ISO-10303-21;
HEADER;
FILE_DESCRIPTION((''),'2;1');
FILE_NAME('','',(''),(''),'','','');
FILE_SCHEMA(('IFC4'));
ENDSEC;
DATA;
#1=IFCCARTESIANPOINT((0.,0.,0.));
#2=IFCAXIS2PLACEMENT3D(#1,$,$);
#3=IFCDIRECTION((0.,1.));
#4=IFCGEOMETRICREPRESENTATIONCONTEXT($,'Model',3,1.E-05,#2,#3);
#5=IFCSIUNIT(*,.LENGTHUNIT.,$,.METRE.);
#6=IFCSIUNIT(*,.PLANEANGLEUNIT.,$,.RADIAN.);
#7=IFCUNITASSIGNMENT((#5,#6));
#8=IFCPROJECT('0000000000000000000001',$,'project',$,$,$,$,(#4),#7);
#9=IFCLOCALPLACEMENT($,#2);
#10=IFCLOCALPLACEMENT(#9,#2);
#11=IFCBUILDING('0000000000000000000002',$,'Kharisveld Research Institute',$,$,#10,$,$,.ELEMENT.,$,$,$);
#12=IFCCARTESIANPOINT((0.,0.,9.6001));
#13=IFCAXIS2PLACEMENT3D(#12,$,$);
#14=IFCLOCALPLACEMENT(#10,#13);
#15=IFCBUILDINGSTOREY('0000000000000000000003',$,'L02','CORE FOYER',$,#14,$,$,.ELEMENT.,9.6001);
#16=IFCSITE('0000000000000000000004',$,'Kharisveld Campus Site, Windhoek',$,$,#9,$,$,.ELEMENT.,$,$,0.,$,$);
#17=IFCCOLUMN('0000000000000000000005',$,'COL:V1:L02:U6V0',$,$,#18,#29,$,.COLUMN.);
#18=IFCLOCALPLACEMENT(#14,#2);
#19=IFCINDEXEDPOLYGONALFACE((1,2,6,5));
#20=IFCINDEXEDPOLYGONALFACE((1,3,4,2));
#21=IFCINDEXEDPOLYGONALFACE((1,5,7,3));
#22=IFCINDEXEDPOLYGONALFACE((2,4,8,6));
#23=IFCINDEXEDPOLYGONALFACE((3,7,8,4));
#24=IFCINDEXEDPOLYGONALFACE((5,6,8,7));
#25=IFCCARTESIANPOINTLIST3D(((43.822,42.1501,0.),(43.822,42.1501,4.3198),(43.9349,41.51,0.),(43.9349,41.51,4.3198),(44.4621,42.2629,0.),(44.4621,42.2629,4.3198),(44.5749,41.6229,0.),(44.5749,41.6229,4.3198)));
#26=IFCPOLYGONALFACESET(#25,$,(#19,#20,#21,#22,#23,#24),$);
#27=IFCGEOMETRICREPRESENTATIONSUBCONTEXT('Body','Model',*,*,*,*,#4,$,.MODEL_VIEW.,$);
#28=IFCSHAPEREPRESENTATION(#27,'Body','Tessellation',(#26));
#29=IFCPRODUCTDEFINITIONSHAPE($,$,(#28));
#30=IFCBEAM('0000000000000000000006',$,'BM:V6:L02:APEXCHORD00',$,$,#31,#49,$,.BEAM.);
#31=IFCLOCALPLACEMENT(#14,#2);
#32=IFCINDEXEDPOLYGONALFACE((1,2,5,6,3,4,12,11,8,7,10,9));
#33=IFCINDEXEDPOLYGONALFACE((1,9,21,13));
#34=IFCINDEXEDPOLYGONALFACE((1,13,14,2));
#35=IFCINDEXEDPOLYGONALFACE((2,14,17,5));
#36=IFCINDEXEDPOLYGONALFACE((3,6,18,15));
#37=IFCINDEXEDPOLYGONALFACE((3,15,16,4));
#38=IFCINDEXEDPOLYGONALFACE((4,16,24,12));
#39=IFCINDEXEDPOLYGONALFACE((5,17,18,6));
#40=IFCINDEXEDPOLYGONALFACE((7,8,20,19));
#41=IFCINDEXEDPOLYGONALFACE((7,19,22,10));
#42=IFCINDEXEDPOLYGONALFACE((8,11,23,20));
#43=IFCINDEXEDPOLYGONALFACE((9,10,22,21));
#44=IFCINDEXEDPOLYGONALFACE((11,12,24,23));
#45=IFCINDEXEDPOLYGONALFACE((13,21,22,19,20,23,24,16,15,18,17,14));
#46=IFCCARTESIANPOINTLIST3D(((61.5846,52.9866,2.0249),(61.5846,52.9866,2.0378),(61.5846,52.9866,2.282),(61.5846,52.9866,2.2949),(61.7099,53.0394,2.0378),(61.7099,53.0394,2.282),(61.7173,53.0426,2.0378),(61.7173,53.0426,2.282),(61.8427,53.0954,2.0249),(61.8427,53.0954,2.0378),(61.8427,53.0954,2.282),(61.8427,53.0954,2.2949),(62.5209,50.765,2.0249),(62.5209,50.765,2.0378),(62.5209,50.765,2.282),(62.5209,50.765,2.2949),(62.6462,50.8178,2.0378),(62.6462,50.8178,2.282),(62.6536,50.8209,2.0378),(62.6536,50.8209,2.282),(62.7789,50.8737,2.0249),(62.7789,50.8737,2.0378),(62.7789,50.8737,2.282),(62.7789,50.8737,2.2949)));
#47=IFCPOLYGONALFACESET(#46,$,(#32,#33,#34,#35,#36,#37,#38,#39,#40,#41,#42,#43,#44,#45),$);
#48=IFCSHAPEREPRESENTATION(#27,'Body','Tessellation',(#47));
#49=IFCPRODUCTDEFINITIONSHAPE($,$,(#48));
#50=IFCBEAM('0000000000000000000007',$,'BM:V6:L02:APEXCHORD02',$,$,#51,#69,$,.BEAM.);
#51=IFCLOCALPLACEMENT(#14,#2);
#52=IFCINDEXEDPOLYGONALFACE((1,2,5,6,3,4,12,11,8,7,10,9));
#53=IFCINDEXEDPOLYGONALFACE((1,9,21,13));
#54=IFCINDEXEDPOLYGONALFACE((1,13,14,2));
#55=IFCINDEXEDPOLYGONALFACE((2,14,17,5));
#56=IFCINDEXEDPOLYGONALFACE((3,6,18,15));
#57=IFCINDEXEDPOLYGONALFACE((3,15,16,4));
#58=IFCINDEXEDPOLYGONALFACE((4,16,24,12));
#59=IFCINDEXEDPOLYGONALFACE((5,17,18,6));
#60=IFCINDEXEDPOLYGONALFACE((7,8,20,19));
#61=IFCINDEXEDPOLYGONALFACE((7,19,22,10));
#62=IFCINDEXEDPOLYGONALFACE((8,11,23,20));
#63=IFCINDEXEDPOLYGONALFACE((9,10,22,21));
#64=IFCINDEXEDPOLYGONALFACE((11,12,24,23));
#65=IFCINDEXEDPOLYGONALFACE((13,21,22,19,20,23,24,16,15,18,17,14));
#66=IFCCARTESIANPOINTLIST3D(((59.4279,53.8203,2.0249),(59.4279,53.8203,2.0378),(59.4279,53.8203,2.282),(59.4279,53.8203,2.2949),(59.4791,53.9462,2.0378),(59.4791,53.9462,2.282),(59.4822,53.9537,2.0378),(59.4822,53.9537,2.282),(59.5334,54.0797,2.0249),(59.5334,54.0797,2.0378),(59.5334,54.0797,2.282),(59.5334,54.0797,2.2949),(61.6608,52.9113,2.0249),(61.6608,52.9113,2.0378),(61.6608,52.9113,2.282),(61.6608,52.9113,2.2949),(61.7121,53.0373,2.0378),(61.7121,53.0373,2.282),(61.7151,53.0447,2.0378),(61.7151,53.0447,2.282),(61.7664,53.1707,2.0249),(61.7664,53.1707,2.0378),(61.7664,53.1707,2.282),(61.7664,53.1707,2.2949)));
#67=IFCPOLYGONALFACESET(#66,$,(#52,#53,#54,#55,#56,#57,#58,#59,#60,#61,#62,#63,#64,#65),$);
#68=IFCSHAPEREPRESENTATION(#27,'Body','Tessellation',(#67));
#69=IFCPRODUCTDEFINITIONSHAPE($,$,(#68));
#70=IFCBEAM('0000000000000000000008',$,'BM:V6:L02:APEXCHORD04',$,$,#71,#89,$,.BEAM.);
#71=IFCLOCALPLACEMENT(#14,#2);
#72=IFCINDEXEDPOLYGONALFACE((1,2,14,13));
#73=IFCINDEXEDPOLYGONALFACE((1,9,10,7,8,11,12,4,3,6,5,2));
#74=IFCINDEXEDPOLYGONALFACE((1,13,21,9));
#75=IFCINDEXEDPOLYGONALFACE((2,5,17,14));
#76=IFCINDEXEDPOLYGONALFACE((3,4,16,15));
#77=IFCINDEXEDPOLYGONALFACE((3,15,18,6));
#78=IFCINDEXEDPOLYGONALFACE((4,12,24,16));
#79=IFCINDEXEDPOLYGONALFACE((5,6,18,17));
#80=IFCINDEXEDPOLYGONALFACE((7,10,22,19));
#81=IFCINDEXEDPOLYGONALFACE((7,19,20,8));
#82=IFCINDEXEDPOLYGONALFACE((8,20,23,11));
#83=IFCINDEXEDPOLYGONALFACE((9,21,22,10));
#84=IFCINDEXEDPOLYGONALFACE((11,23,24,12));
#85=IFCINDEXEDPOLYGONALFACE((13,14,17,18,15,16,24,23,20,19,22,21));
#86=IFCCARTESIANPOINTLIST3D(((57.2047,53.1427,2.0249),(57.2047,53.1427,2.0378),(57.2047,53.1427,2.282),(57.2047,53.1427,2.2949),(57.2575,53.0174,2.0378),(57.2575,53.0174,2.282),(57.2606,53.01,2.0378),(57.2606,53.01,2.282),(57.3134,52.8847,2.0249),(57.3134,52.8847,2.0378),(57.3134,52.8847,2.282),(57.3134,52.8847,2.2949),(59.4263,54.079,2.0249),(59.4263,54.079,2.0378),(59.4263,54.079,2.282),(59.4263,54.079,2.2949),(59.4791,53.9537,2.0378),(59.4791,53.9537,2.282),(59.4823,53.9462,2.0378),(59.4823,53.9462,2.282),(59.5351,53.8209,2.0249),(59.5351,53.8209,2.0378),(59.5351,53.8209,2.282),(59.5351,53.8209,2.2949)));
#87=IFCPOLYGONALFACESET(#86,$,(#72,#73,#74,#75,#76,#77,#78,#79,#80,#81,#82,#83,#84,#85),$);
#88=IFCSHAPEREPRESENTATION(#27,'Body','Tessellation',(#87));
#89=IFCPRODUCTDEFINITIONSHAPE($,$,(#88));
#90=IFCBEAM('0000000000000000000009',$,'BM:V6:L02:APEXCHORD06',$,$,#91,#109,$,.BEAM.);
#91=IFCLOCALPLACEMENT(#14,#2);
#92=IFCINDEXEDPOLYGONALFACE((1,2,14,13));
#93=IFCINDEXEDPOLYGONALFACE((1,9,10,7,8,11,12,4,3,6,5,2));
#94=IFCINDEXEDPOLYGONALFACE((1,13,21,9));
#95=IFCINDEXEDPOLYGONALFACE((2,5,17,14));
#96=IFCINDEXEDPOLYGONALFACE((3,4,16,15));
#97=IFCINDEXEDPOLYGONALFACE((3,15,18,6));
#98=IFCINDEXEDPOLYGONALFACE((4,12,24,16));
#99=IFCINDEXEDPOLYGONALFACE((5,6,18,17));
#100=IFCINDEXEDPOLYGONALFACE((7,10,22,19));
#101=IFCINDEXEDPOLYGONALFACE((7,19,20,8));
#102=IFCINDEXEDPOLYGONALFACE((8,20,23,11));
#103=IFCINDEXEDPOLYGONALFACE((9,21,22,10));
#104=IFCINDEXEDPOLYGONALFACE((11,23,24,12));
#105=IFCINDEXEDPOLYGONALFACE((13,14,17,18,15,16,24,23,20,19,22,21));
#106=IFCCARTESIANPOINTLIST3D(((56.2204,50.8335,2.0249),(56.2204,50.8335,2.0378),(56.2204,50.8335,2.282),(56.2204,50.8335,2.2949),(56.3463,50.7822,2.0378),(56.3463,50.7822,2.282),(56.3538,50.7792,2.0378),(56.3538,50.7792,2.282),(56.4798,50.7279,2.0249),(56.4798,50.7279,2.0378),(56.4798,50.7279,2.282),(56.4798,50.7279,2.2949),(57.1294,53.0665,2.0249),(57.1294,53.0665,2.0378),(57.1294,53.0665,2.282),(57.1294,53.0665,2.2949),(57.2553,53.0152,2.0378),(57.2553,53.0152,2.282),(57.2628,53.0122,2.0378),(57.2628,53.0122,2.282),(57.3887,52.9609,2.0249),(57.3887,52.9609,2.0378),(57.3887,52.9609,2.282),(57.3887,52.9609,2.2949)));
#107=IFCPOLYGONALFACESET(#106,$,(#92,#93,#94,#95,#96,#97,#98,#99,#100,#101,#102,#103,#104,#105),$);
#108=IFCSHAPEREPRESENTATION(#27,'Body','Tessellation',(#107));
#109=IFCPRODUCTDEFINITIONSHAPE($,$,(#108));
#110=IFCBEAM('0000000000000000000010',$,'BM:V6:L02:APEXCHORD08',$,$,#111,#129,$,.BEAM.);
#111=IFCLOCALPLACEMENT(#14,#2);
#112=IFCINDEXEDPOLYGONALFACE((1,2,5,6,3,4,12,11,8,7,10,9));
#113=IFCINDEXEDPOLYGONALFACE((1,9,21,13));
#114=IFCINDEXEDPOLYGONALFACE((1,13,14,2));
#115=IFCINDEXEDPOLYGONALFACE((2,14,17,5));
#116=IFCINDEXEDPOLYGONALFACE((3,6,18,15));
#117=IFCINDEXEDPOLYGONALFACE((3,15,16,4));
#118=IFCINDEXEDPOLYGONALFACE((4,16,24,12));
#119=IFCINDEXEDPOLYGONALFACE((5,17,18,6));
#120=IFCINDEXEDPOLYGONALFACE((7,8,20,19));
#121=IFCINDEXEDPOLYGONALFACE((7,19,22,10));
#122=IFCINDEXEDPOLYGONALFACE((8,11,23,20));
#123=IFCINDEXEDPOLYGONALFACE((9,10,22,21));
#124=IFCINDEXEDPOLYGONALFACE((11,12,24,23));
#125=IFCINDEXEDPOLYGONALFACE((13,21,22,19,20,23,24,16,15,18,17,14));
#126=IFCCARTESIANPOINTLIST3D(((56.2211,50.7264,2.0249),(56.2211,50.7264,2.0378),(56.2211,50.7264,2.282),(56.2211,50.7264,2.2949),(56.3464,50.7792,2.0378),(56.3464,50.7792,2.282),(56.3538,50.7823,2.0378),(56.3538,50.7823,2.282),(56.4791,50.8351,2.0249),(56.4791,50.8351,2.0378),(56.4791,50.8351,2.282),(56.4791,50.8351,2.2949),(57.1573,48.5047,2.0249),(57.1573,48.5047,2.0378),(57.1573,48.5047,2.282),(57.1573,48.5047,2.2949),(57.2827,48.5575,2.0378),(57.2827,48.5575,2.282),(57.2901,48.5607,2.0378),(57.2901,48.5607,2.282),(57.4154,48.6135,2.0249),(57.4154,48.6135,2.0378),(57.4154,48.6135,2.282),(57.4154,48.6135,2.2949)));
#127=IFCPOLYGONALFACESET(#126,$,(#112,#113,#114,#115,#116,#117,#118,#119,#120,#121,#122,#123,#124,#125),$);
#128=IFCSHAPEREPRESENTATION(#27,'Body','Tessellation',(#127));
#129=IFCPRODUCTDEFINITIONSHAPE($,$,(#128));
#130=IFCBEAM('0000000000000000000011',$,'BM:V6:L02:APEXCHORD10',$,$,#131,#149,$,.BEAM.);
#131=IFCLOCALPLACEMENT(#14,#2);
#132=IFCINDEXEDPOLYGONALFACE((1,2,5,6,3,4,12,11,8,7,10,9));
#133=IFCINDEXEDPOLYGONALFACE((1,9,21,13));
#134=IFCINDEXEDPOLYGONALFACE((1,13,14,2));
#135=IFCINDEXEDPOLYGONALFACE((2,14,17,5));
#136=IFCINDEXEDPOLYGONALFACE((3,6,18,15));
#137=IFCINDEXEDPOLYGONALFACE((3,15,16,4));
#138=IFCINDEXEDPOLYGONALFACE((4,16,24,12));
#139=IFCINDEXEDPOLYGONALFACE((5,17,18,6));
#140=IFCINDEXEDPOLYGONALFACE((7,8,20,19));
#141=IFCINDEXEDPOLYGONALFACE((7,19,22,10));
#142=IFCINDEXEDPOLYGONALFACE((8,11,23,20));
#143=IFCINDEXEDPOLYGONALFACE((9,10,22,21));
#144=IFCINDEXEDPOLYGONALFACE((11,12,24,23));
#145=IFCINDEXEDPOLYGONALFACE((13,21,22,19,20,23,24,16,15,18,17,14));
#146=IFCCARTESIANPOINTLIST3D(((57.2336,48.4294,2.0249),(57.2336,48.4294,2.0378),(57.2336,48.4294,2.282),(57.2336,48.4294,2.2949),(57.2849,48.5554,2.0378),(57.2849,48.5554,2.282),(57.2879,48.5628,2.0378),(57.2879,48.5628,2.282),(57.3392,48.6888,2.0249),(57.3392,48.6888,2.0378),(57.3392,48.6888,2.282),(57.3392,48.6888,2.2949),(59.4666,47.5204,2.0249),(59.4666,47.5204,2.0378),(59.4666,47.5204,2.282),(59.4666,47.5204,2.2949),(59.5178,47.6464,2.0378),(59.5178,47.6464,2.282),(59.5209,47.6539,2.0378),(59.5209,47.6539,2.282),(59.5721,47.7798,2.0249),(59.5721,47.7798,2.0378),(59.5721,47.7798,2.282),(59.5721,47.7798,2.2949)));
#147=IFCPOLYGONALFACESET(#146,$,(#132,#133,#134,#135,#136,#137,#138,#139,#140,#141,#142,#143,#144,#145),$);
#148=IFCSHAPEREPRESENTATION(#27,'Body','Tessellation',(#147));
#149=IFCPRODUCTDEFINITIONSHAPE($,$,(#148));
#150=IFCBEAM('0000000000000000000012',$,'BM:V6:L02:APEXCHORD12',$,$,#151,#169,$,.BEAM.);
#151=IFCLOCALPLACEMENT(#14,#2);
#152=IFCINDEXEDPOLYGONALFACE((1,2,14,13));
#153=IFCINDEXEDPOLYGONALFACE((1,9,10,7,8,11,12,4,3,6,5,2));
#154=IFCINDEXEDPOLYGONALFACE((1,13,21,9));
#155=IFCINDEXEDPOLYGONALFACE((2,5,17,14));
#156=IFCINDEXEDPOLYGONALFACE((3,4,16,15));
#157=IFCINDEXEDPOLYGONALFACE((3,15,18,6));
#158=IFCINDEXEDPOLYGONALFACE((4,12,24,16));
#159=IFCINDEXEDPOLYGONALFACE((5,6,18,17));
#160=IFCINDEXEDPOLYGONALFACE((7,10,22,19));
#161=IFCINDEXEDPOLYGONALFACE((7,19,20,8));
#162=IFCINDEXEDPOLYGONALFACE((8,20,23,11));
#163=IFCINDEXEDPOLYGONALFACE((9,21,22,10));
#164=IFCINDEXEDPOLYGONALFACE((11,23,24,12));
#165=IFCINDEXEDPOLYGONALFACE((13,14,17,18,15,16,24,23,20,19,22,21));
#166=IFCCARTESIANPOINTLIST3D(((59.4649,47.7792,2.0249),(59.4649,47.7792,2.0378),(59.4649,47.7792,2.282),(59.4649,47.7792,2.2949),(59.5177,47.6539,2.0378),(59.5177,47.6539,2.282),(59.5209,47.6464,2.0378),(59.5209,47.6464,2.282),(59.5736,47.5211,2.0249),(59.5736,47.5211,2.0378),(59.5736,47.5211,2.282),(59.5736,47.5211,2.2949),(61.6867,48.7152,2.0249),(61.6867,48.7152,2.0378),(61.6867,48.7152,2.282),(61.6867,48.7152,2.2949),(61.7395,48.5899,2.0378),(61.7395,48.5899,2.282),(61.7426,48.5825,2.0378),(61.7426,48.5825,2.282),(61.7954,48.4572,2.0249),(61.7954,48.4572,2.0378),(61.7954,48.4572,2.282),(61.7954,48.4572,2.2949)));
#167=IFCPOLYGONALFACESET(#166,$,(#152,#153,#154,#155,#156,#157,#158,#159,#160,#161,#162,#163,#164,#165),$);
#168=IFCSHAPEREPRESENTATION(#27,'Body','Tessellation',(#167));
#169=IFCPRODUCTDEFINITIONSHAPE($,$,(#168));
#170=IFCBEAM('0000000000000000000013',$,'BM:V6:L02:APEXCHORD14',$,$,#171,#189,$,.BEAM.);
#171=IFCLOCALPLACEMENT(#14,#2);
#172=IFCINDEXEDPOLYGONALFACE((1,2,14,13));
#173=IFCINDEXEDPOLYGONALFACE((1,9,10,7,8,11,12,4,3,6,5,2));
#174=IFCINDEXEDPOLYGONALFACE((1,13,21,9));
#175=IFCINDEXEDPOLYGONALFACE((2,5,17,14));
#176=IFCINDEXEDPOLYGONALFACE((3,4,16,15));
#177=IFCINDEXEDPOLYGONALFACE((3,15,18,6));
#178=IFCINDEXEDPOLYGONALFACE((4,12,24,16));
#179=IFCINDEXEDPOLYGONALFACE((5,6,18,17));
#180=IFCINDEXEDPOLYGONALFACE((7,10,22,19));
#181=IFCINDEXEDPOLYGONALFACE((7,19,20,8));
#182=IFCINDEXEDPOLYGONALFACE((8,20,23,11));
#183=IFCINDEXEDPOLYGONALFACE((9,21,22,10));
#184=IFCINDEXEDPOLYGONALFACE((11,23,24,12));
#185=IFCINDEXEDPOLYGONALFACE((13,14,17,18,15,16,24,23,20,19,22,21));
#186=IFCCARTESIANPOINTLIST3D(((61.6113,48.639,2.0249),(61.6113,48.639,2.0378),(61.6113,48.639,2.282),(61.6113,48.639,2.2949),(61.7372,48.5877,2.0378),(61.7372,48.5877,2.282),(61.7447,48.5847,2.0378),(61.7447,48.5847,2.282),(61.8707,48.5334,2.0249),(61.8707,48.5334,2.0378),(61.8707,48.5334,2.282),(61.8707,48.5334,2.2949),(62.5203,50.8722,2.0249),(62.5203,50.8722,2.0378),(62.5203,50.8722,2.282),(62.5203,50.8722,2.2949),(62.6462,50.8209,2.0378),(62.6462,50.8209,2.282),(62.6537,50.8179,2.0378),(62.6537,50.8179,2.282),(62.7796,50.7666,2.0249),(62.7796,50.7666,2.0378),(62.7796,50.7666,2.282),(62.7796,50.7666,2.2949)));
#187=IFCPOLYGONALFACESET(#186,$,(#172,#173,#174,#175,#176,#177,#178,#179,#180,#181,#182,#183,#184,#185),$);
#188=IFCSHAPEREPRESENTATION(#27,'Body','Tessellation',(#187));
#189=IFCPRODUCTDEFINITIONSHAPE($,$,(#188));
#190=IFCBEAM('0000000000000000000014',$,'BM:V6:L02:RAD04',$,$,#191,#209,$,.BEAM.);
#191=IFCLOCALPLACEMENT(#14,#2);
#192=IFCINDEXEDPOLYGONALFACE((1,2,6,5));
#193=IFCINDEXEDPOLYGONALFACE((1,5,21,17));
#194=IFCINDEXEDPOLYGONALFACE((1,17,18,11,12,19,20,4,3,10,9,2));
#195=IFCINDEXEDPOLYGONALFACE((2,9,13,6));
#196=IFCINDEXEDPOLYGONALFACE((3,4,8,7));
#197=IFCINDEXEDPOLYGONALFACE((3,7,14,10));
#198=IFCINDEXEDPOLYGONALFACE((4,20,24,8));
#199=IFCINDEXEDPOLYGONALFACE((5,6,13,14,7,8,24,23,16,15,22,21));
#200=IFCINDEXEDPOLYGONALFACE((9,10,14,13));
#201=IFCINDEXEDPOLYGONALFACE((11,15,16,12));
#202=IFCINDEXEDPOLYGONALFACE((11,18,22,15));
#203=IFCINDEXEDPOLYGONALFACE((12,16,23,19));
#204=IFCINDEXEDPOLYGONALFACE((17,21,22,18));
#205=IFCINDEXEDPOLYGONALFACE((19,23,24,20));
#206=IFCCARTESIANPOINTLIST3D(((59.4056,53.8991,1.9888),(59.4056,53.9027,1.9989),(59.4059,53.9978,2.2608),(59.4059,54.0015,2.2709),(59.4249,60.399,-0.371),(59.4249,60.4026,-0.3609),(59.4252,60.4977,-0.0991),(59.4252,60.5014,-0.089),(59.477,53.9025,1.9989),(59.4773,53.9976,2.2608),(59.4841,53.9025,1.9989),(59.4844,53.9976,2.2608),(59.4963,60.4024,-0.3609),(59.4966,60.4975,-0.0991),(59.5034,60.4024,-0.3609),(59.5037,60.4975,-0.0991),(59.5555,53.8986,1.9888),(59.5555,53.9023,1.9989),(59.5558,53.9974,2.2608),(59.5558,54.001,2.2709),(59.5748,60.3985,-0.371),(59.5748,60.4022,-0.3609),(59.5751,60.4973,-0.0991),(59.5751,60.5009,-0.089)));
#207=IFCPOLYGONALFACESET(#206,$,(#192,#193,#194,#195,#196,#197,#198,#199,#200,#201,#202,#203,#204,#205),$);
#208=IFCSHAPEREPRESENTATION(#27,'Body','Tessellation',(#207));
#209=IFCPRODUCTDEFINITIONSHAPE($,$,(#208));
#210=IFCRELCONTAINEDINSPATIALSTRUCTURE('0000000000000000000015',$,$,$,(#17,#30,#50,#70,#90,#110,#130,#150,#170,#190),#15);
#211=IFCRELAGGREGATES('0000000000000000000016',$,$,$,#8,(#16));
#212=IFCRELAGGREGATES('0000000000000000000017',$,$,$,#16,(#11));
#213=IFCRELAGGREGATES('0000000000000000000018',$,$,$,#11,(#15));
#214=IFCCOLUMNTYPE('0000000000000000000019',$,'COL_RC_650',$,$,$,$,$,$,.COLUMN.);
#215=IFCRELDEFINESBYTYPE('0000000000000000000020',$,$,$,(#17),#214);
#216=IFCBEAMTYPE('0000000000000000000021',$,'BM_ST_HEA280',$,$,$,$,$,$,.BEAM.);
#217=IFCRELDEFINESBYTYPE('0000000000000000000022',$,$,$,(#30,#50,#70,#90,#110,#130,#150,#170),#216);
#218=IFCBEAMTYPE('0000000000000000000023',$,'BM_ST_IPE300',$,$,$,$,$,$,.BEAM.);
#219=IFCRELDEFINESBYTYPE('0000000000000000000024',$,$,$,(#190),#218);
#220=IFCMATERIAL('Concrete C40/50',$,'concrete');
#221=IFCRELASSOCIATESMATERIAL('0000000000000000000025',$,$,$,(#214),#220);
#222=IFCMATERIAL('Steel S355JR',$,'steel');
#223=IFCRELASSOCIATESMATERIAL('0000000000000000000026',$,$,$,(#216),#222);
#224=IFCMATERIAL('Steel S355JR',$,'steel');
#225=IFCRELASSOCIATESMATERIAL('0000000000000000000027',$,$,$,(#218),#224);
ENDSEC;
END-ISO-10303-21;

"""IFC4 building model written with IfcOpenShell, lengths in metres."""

from ifc_helpers import new_model, si_unit, direction, frame, origin, origin_2d, place, context, subcontext, project, spatial, rectangle, i_section, extrude, material, material_profile, profile_set, type_object, element, save


model = new_model("IFC4")

# Units and contexts
model_context = context("Model", 3, precision=1e-05, world=origin(), true_north=direction((0.0, 1.0)))
body_context = subcontext(model_context, "Body", "Model", "MODEL_VIEW")
ifc_project = project(units=[si_unit("LENGTHUNIT", "METRE"), si_unit("PLANEANGLEUNIT", "RADIAN")], contexts=[model_context])

# Site, building, storey
site_placement = place(None, origin())
site = spatial("IfcSite", under=ifc_project, at=site_placement, Name="Kharisveld Campus Site, Windhoek", CompositionType="ELEMENT", RefElevation=0.0)
building_placement = place(site_placement, origin())
building = spatial("IfcBuilding", under=site, at=building_placement, Name="Kharisveld Research Institute", CompositionType="ELEMENT")
storey_placement = place(building_placement, frame((0.0, 0.0, 9.6001)))
storey = spatial("IfcBuildingStorey", under=building, at=storey_placement, Name="L02", Description="CORE FOYER", CompositionType="ELEMENT", Elevation=9.6001)

# Column
ifc_material_1 = material(Name="Concrete C40/50", Category="concrete")
ifc_material_profile_1 = material_profile(ifc_material_1, rectangle(XDim=0.6499, YDim=0.6499, at=origin_2d()))
ifc_profile_set_1 = profile_set([ifc_material_profile_1], Name="Concrete C40/50")
column_type = type_object("IfcColumnType", Name="COL_RC_650", PredefinedType="COLUMN", material=ifc_profile_set_1)
column_placement = place(storey_placement, frame((44.1985, 41.8865, 0.0), z_axis=(0.0, 0.0, 1.0), x_axis=(0.984808, 0.173648, 0.0)))
element("IfcColumn", 1, at=column_placement, inside=storey, type_object=column_type, Name="COL:V1:L02:U6V0", PredefinedType="COLUMN", context=body_context, shape_type="SweptSolid", body=[
    extrude(rectangle(XDim=0.6499, YDim=0.6499, at=origin_2d()), origin(), (0.0, 0.0, 1.0), 4.3198),
])

# Beams
ifc_material_2 = material(Name="Steel S355JR", Category="steel")
ifc_material_profile_2 = material_profile(ifc_material_2, i_section(OverallWidth=0.28, OverallDepth=0.27, WebThickness=0.0081, FlangeThickness=0.0129, at=origin_2d()))
ifc_profile_set_2 = profile_set([ifc_material_profile_2], Name="Steel S355JR")
beam_type_1 = type_object("IfcBeamType", Name="BM_ST_HEA280", PredefinedType="BEAM", material=ifc_profile_set_2)
for number, where, z_axis, x_axis, name in (
    (2, (62.6499, 50.8193, 2.1599), (-0.388351, 0.921511, 0.0), (-0.921511, -0.388351, 0.0), "BM:V6:L02:APEXCHORD00"),
    (3, (61.7136, 53.041, 2.1599), (-0.926204, 0.377023, 0.0), (-0.377023, -0.926204, 0.0), "BM:V6:L02:APEXCHORD02"),
    (4, (59.4807, 53.95, 2.1599), (-0.921511, -0.388351, 0.0), (0.388351, -0.921511, 0.0), "BM:V6:L02:APEXCHORD04"),
    (5, (57.259, 53.0137, 2.1599), (-0.377023, -0.926204, 0.0), (0.926204, -0.377023, 0.0), "BM:V6:L02:APEXCHORD06"),
    (6, (56.3501, 50.7808, 2.1599), (0.388351, -0.921511, 0.0), (0.921511, 0.388351, 0.0), "BM:V6:L02:APEXCHORD08"),
    (7, (57.2864, 48.5591, 2.1599), (0.926204, -0.377023, 0.0), (0.377023, 0.926204, 0.0), "BM:V6:L02:APEXCHORD10"),
    (8, (59.5193, 47.6501, 2.1599), (0.921548, 0.388265, 0.0), (-0.388265, 0.921548, 0.0), "BM:V6:L02:APEXCHORD12"),
):
    element("IfcBeam", number, at=place(storey_placement, frame(where, z_axis=z_axis, x_axis=x_axis)), inside=storey, type_object=beam_type_1, Name=name, PredefinedType="BEAM", context=body_context, shape_type="SweptSolid", body=[
        extrude(i_section(OverallWidth=0.28, OverallDepth=0.27, WebThickness=0.0081, FlangeThickness=0.0129, at=origin_2d()), origin(), (0.0, 0.0, 1.0), 2.4109),
    ])
beam_1_placement = place(storey_placement, frame((61.741, 48.5862, 2.1599), z_axis=(0.376988, 0.926218, 0.0), x_axis=(-0.926218, 0.376988, 0.0)))
element("IfcBeam", 9, at=beam_1_placement, inside=storey, type_object=beam_type_1, Name="BM:V6:L02:APEXCHORD14", PredefinedType="BEAM", context=body_context, shape_type="SweptSolid", body=[
    extrude(i_section(OverallWidth=0.28, OverallDepth=0.27, WebThickness=0.0081, FlangeThickness=0.0129, at=origin_2d()), origin(), (0.0, 0.0, 1.0), 2.4111),
])
ifc_material_3 = material(Name="Steel S355JR", Category="steel")
ifc_material_profile_3 = material_profile(ifc_material_3, i_section(OverallWidth=0.1499, OverallDepth=0.3, WebThickness=0.0071, FlangeThickness=0.0107, at=origin_2d()))
ifc_profile_set_3 = profile_set([ifc_material_profile_3], Name="Steel S355JR")
beam_type_2 = type_object("IfcBeamType", Name="BM_ST_IPE300", PredefinedType="BEAM", material=ifc_profile_set_3)
beam_2_placement = place(storey_placement, frame((59.5, 60.45, -0.23), z_axis=(-0.002789, -0.939965, 0.34126), x_axis=(0.999996, -0.002967, 0.0)))
element("IfcBeam", 10, at=beam_2_placement, inside=storey, type_object=beam_type_2, Name="BM:V6:L02:RAD04", PredefinedType="BEAM", context=body_context, shape_type="SweptSolid", body=[
    extrude(i_section(OverallWidth=0.1499, OverallDepth=0.3, WebThickness=0.0071, FlangeThickness=0.0107, at=origin_2d()), origin(), (0.0, 0.0, 1.0), 6.915),
])

save(model, "model.ifc")
